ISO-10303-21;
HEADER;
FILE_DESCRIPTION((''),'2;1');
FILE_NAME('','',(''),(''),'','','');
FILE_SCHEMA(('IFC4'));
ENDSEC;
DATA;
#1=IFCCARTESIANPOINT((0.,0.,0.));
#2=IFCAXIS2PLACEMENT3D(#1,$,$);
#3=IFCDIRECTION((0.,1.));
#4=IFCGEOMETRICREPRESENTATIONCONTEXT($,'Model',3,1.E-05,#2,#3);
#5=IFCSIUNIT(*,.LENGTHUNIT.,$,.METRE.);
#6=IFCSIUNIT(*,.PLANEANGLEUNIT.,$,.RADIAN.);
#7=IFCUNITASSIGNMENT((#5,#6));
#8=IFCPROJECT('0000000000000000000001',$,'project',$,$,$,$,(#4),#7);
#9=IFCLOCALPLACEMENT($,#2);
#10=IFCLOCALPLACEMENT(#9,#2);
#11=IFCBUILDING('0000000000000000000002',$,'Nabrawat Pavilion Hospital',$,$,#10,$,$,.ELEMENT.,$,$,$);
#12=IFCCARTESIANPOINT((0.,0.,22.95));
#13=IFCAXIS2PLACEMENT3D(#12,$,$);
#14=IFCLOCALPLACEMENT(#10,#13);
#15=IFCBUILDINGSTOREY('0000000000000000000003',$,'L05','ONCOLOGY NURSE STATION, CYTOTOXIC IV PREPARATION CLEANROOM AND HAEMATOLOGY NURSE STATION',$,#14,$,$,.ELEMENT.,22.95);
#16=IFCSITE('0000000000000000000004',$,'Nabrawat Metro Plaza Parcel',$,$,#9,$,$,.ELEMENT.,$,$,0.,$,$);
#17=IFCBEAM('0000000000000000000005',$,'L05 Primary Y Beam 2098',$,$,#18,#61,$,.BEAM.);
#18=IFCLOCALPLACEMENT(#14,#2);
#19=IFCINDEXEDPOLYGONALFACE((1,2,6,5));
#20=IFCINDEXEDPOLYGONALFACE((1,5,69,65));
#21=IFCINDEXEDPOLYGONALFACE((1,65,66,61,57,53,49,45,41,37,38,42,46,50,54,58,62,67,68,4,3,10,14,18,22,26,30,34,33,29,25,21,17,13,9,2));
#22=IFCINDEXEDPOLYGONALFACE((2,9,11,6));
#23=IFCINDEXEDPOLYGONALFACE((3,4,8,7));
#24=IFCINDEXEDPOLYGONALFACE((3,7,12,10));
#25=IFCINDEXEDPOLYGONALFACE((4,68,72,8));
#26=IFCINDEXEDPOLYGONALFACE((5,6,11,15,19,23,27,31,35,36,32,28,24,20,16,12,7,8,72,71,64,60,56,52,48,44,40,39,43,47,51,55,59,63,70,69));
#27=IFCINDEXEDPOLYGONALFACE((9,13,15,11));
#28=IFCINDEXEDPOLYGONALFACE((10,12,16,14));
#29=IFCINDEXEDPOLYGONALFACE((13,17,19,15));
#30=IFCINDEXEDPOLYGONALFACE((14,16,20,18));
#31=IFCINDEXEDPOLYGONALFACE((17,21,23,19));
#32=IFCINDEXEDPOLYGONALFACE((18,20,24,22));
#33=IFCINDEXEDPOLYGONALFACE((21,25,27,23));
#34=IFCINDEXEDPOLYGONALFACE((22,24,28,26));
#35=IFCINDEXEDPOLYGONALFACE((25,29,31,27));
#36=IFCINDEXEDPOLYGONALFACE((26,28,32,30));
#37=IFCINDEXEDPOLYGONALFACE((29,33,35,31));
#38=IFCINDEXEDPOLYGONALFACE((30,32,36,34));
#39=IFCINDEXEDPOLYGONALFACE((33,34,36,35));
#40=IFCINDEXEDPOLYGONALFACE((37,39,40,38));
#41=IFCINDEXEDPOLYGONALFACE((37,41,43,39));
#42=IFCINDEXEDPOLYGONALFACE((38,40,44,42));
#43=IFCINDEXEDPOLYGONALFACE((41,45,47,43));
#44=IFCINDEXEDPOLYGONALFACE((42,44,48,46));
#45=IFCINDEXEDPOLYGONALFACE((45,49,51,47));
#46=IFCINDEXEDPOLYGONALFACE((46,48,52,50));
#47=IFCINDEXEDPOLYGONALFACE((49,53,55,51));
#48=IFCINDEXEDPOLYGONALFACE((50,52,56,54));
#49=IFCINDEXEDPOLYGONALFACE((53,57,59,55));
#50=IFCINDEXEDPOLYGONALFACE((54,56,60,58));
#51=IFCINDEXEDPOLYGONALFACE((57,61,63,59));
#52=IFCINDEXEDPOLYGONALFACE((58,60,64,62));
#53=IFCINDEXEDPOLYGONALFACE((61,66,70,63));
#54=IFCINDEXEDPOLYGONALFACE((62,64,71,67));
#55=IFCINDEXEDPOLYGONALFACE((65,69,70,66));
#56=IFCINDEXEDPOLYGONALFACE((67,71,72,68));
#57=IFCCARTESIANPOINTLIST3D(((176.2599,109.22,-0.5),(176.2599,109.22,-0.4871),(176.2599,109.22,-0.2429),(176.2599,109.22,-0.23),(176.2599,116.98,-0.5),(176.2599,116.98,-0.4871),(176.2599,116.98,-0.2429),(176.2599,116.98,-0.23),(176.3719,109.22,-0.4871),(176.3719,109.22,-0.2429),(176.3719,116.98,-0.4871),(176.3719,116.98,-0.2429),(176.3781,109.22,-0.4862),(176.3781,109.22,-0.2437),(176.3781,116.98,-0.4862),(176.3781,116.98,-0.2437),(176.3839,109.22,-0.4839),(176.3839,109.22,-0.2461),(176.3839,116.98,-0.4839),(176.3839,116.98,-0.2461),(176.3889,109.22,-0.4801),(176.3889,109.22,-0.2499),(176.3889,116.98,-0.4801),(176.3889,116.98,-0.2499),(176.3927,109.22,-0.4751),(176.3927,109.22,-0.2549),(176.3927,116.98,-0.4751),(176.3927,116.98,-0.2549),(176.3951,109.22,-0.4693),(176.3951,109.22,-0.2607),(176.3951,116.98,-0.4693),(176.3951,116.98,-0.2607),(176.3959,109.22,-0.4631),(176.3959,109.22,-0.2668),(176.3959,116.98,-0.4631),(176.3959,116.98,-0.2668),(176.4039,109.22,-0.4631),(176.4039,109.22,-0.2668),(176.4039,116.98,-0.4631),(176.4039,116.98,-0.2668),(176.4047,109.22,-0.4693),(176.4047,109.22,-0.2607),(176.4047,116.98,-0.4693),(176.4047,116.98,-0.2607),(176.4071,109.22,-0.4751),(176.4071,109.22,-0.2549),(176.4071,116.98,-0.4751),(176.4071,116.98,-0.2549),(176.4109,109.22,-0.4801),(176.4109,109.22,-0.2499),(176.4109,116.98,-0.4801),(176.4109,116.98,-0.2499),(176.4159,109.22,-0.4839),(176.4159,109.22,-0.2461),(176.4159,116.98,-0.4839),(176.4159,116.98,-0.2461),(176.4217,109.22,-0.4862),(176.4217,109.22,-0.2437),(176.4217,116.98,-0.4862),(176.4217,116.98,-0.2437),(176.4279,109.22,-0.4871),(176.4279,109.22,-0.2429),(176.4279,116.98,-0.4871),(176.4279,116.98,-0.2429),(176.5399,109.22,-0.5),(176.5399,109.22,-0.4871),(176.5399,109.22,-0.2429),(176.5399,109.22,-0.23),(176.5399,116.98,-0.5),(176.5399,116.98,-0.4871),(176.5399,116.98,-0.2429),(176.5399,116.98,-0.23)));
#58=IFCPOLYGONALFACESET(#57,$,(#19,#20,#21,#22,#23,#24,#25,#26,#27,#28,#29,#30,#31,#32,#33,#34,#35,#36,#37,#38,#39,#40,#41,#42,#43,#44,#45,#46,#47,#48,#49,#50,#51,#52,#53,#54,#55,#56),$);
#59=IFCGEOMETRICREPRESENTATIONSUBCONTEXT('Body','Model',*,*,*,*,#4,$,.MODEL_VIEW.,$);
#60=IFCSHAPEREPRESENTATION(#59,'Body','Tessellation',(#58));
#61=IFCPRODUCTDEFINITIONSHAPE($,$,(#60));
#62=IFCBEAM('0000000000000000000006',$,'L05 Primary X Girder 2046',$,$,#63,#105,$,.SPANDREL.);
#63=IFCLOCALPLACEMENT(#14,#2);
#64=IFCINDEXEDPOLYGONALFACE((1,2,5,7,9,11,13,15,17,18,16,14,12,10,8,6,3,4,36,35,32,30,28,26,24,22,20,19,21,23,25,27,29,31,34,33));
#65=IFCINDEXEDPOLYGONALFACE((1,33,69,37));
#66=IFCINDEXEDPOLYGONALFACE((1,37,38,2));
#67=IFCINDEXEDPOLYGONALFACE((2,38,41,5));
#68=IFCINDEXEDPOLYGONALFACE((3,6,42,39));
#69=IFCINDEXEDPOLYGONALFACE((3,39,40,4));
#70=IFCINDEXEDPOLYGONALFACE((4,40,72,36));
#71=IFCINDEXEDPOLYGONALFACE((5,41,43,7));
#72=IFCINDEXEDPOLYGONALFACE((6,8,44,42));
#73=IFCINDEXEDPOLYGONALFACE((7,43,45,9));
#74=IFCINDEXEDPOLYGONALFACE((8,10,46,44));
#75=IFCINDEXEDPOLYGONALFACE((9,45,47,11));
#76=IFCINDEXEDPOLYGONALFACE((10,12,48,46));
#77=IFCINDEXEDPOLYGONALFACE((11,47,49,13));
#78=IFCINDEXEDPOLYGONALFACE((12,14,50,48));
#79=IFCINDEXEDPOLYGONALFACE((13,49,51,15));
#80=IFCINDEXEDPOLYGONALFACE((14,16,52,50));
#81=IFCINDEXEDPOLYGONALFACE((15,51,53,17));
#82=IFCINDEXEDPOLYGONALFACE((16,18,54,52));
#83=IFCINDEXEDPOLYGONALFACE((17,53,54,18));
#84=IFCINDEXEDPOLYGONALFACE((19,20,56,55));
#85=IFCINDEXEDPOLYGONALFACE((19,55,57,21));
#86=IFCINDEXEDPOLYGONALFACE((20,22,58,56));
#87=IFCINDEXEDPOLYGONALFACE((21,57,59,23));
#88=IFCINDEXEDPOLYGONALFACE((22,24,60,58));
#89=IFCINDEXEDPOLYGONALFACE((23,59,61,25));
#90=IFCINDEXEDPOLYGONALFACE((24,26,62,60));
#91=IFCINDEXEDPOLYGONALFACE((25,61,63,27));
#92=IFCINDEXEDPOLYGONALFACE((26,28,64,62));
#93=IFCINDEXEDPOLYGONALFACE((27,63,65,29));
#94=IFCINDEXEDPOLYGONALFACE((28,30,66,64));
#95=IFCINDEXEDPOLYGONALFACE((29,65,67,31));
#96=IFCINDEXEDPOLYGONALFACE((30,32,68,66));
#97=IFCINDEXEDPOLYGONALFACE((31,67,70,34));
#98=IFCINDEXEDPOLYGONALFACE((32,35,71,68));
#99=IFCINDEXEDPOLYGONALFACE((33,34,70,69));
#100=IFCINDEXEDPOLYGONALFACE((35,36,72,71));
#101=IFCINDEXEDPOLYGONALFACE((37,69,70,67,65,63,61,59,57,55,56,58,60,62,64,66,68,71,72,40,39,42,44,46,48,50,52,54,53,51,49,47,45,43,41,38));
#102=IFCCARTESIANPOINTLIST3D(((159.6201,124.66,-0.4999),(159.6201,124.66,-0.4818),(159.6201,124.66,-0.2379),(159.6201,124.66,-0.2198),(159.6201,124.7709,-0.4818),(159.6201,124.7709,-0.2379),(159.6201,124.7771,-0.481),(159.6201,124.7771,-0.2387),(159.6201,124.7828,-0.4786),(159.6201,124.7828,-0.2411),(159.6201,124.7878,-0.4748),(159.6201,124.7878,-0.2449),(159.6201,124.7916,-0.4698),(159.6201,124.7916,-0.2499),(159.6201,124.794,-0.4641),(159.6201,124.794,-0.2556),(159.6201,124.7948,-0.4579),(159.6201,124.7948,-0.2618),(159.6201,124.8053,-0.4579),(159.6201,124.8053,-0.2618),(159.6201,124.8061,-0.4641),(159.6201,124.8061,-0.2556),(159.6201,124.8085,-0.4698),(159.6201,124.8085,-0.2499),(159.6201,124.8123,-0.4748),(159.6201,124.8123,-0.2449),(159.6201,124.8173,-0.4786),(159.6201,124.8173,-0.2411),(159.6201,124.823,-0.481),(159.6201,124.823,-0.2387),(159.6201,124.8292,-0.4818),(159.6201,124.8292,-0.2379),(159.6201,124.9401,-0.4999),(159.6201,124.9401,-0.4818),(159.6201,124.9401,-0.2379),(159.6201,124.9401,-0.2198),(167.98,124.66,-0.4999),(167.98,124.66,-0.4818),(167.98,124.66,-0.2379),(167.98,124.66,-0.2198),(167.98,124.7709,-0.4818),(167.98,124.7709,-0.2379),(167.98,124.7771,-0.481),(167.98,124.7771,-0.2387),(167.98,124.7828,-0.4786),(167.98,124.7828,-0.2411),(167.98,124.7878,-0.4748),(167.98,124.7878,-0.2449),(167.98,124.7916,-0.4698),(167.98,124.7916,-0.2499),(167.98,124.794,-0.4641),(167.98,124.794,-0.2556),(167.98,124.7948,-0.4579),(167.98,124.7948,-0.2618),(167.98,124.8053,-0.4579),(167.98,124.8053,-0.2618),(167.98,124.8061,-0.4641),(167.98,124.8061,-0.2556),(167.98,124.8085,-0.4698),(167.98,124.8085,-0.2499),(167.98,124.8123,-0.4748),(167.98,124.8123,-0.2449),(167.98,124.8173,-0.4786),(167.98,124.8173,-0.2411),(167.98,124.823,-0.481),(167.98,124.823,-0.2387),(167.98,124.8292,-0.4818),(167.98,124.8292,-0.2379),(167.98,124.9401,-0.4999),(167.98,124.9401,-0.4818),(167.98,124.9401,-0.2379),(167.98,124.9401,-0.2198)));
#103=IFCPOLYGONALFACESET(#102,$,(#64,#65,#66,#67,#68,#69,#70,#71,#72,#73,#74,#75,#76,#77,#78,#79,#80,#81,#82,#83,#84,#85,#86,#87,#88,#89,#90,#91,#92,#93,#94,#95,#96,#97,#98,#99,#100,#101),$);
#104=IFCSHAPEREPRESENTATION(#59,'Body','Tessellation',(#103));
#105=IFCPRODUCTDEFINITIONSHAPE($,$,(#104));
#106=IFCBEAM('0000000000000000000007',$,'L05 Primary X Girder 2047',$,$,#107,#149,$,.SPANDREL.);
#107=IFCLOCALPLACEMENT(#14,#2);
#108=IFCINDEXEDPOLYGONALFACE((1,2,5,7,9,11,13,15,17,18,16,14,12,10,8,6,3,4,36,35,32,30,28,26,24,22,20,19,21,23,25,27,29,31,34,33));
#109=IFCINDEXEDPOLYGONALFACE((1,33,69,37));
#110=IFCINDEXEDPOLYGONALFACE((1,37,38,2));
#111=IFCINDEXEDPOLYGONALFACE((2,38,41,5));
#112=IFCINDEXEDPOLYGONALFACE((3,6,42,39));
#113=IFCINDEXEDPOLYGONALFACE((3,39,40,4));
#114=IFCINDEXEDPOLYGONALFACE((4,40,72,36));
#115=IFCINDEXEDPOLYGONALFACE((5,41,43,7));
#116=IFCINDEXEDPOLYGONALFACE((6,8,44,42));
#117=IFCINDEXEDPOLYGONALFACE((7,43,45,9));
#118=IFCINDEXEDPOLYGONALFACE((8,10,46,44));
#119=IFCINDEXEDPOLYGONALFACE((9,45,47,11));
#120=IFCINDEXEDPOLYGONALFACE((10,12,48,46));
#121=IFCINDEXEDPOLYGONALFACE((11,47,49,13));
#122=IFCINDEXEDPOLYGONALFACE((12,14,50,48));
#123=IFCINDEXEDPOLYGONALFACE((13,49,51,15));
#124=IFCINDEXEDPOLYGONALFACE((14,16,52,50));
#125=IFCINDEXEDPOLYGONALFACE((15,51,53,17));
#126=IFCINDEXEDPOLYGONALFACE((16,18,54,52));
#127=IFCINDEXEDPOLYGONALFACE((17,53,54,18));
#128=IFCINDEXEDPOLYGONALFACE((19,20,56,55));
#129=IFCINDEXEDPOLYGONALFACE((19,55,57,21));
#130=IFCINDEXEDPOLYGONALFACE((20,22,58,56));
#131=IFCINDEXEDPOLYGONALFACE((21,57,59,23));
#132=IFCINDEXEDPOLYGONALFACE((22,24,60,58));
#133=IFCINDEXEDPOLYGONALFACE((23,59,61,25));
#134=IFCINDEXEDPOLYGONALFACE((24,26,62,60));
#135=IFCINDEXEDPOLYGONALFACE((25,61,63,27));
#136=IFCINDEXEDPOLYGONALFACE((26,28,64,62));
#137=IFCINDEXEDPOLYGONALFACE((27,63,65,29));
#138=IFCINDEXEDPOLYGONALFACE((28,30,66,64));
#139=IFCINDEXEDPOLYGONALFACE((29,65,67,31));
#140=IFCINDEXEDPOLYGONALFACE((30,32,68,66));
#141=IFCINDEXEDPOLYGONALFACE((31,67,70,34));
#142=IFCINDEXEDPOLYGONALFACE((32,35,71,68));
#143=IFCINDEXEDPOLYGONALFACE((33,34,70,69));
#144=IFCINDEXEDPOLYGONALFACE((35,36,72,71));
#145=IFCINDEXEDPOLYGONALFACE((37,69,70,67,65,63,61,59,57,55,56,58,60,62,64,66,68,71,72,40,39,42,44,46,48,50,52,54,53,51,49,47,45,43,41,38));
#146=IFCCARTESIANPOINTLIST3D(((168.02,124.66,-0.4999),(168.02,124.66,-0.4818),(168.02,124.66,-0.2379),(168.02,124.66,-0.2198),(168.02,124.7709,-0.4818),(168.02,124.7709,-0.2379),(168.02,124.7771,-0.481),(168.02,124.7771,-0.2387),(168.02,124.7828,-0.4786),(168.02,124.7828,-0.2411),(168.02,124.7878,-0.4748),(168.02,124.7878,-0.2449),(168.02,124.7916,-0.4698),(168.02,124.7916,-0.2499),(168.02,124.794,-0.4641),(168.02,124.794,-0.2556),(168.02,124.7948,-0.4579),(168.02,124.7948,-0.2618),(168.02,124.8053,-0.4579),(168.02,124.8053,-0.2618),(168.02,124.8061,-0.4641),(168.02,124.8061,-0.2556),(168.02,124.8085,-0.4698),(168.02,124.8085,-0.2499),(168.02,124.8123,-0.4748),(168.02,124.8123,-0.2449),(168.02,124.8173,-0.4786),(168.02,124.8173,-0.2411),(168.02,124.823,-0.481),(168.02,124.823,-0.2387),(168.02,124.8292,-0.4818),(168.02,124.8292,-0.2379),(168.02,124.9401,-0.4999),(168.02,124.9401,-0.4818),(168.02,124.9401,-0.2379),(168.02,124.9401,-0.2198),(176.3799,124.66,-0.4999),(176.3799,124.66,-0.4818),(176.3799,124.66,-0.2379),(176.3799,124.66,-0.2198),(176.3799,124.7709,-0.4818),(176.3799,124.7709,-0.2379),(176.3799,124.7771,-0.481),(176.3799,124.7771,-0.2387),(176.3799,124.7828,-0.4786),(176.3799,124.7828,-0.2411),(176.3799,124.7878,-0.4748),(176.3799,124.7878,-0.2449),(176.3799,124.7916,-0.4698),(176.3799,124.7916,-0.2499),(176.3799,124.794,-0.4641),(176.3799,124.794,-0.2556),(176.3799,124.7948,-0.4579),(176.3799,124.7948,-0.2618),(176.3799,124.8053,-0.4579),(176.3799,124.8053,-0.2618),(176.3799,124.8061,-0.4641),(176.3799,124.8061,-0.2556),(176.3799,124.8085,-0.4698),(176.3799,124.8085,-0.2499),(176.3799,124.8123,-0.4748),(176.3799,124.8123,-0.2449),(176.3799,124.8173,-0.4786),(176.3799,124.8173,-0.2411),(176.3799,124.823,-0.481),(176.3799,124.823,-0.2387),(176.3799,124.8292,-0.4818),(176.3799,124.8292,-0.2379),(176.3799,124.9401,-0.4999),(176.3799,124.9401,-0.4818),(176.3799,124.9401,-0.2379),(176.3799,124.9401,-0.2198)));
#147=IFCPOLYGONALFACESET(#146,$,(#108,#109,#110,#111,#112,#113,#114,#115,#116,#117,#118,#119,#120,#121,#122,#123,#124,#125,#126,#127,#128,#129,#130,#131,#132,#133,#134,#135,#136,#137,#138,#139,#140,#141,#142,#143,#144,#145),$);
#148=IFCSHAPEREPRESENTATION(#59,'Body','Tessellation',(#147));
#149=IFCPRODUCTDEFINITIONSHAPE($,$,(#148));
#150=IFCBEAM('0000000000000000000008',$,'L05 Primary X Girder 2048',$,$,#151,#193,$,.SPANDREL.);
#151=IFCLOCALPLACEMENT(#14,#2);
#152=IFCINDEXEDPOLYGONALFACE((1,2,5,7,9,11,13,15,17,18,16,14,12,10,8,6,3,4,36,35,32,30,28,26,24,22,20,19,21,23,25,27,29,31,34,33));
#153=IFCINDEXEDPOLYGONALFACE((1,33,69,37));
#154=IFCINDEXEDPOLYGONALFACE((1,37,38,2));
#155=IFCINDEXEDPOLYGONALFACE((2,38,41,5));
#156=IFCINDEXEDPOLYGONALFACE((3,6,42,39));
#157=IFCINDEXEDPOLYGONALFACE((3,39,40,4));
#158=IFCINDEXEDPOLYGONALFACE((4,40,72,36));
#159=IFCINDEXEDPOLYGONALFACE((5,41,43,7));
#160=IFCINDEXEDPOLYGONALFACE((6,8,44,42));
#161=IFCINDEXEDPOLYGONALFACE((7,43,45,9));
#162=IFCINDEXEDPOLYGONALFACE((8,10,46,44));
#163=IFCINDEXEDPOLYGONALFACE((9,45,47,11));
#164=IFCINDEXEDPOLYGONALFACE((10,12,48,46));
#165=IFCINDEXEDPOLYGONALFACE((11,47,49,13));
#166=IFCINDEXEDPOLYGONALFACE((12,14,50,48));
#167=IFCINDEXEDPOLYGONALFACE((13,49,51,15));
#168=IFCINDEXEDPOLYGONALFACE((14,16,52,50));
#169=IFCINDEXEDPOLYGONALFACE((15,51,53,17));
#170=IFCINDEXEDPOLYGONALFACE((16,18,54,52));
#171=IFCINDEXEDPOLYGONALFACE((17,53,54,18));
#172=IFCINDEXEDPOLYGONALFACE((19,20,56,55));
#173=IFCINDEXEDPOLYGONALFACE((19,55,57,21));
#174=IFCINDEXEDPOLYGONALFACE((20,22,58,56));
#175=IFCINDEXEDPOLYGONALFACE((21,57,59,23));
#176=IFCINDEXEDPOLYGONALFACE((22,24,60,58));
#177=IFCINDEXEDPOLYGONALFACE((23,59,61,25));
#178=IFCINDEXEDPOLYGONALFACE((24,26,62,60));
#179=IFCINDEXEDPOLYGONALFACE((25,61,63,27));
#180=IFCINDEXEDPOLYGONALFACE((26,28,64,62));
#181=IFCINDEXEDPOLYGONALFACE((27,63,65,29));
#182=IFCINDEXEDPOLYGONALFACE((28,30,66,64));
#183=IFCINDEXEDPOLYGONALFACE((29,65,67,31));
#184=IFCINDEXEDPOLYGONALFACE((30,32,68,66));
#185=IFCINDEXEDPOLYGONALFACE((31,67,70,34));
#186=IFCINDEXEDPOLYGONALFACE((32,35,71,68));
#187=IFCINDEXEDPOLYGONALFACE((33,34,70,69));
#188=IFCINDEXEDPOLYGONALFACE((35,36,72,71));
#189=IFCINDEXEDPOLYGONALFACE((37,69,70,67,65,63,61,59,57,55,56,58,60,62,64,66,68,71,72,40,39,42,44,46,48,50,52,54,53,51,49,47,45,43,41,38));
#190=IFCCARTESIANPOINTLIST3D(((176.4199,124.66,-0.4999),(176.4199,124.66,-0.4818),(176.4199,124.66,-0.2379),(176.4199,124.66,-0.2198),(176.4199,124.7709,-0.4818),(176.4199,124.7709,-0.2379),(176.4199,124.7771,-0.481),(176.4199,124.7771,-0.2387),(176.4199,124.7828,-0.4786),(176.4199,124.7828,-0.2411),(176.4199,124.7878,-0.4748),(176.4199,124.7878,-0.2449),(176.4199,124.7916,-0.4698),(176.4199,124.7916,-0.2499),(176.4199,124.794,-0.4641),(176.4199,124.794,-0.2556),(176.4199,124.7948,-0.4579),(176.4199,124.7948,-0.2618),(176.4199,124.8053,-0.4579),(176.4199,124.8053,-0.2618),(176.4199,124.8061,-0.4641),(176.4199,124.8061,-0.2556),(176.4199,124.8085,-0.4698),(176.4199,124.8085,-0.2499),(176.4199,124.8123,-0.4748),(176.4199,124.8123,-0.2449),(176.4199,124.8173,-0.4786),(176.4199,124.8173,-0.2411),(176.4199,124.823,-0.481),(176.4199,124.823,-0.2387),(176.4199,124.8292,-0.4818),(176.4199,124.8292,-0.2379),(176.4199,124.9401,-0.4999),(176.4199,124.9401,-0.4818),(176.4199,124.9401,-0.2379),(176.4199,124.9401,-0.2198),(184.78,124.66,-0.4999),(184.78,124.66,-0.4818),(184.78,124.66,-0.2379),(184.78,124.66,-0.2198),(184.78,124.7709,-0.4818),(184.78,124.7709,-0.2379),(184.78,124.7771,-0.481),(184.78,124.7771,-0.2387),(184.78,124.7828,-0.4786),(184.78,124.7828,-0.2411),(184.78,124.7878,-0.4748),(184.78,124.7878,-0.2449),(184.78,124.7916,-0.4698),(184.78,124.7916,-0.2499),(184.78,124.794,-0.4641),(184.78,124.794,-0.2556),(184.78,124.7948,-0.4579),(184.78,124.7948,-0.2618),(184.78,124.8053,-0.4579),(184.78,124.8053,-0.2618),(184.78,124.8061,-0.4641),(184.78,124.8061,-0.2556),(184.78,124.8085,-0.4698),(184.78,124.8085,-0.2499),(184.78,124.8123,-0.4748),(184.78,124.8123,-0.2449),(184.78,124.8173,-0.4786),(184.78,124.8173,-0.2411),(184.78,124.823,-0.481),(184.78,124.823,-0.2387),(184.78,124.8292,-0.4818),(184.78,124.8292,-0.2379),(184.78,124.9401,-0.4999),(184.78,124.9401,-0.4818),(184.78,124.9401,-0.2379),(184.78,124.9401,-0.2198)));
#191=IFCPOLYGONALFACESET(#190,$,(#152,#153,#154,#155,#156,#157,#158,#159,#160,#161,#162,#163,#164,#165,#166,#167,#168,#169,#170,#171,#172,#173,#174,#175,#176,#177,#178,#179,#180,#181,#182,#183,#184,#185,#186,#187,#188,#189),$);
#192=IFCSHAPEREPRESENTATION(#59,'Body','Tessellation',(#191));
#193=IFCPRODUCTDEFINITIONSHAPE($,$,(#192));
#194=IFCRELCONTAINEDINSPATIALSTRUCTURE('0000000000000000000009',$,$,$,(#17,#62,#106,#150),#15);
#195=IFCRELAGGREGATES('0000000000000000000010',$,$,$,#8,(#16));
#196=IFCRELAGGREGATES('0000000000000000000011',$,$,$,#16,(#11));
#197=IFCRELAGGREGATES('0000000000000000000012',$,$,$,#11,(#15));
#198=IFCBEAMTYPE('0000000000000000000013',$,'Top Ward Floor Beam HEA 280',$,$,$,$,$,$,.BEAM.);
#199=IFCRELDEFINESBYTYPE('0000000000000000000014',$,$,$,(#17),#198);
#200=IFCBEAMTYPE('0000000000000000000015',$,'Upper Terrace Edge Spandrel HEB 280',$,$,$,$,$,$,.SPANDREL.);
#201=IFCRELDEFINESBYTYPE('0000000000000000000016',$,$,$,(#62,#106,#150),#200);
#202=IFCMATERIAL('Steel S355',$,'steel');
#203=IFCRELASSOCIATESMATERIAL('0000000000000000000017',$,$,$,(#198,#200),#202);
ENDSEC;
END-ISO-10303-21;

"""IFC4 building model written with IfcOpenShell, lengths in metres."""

from ifc_helpers import new_model, si_unit, direction, frame, origin, origin_2d, place, context, subcontext, project, spatial, i_section, extrude, material, material_profile, profile_set, type_object, element, save


model = new_model("IFC4")

# Units and contexts
model_context = context("Model", 3, precision=1e-05, world=origin(), true_north=direction((0.0, 1.0)))
body_context = subcontext(model_context, "Body", "Model", "MODEL_VIEW")
ifc_project = project(units=[si_unit("LENGTHUNIT", "METRE"), si_unit("PLANEANGLEUNIT", "RADIAN")], contexts=[model_context])

# Site, building, storey
site_placement = place(None, origin())
site = spatial("IfcSite", under=ifc_project, at=site_placement, Name="Nabrawat Metro Plaza Parcel", CompositionType="ELEMENT", RefElevation=0.0)
building_placement = place(site_placement, origin())
building = spatial("IfcBuilding", under=site, at=building_placement, Name="Nabrawat Pavilion Hospital", CompositionType="ELEMENT")
storey_placement = place(building_placement, frame((0.0, 0.0, 22.95)))
storey = spatial("IfcBuildingStorey", under=building, at=storey_placement, Name="L05", Description="ONCOLOGY NURSE STATION, CYTOTOXIC IV PREPARATION CLEANROOM AND HAEMATOLOGY NURSE STATION", CompositionType="ELEMENT", Elevation=22.95)

# Shared definitions
ifc_material_1 = material(Name="Steel S355", Category="steel")

# Beams
ifc_material_profile_1 = material_profile(ifc_material_1, i_section(OverallWidth=0.28, OverallDepth=0.27, WebThickness=0.0081, FlangeThickness=0.0129, FilletRadius=0.0239, at=origin_2d()), Name="HEA 280")
ifc_profile_set_1 = profile_set([ifc_material_profile_1], Name="Steel S355")
beam_type_1 = type_object("IfcBeamType", Name="Top Ward Floor Beam HEA 280", PredefinedType="BEAM", material=ifc_profile_set_1)
beam_1_placement = place(storey_placement, frame((176.3999, 109.22, -0.365), z_axis=(0.0, 1.0, 0.0), x_axis=(-1.0, 0.0, 0.0)))
element("IfcBeam", 1, at=beam_1_placement, inside=storey, type_object=beam_type_1, Name="L05 Primary Y Beam 2098", PredefinedType="BEAM", context=body_context, shape_type="SweptSolid", body=[
    extrude(i_section(OverallWidth=0.28, OverallDepth=0.27, WebThickness=0.0081, FlangeThickness=0.0129, FilletRadius=0.0239, at=origin_2d()), origin(), (0.0, 0.0, 1.0), 7.76),
])
ifc_material_profile_2 = material_profile(ifc_material_1, i_section(OverallWidth=0.28, OverallDepth=0.28, WebThickness=0.0105, FlangeThickness=0.0181, FilletRadius=0.0239, at=origin_2d()), Name="HEB 280")
ifc_profile_set_2 = profile_set([ifc_material_profile_2], Name="Steel S355")
beam_type_2 = type_object("IfcBeamType", Name="Upper Terrace Edge Spandrel HEB 280", PredefinedType="SPANDREL", material=ifc_profile_set_2)
for number, where, z_axis, x_axis, name in (
    (2, (159.6201, 124.8, -0.3599), (1.0, 0.0, 0.0), (0.0, 1.0, 0.0), "L05 Primary X Girder 2046"),
    (3, (168.02, 124.8, -0.3599), (1.0, 0.0, 0.0), (0.0, 1.0, 0.0), "L05 Primary X Girder 2047"),
):
    element("IfcBeam", number, at=place(storey_placement, frame(where, z_axis=z_axis, x_axis=x_axis)), inside=storey, type_object=beam_type_2, Name=name, PredefinedType="SPANDREL", context=body_context, shape_type="SweptSolid", body=[
        extrude(i_section(OverallWidth=0.28, OverallDepth=0.28, WebThickness=0.0105, FlangeThickness=0.0181, FilletRadius=0.0239, at=origin_2d()), origin(), (0.0, 0.0, 1.0), 8.3599),
    ])
beam_2_placement = place(storey_placement, frame((176.4199, 124.8, -0.3599), z_axis=(1.0, 0.0, 0.0), x_axis=(0.0, 1.0, 0.0)))
element("IfcBeam", 4, at=beam_2_placement, inside=storey, type_object=beam_type_2, Name="L05 Primary X Girder 2048", PredefinedType="SPANDREL", context=body_context, shape_type="SweptSolid", body=[
    extrude(i_section(OverallWidth=0.28, OverallDepth=0.28, WebThickness=0.0105, FlangeThickness=0.0181, FilletRadius=0.0239, at=origin_2d()), origin(), (0.0, 0.0, 1.0), 8.3601),
])

save(model, "model.ifc")
